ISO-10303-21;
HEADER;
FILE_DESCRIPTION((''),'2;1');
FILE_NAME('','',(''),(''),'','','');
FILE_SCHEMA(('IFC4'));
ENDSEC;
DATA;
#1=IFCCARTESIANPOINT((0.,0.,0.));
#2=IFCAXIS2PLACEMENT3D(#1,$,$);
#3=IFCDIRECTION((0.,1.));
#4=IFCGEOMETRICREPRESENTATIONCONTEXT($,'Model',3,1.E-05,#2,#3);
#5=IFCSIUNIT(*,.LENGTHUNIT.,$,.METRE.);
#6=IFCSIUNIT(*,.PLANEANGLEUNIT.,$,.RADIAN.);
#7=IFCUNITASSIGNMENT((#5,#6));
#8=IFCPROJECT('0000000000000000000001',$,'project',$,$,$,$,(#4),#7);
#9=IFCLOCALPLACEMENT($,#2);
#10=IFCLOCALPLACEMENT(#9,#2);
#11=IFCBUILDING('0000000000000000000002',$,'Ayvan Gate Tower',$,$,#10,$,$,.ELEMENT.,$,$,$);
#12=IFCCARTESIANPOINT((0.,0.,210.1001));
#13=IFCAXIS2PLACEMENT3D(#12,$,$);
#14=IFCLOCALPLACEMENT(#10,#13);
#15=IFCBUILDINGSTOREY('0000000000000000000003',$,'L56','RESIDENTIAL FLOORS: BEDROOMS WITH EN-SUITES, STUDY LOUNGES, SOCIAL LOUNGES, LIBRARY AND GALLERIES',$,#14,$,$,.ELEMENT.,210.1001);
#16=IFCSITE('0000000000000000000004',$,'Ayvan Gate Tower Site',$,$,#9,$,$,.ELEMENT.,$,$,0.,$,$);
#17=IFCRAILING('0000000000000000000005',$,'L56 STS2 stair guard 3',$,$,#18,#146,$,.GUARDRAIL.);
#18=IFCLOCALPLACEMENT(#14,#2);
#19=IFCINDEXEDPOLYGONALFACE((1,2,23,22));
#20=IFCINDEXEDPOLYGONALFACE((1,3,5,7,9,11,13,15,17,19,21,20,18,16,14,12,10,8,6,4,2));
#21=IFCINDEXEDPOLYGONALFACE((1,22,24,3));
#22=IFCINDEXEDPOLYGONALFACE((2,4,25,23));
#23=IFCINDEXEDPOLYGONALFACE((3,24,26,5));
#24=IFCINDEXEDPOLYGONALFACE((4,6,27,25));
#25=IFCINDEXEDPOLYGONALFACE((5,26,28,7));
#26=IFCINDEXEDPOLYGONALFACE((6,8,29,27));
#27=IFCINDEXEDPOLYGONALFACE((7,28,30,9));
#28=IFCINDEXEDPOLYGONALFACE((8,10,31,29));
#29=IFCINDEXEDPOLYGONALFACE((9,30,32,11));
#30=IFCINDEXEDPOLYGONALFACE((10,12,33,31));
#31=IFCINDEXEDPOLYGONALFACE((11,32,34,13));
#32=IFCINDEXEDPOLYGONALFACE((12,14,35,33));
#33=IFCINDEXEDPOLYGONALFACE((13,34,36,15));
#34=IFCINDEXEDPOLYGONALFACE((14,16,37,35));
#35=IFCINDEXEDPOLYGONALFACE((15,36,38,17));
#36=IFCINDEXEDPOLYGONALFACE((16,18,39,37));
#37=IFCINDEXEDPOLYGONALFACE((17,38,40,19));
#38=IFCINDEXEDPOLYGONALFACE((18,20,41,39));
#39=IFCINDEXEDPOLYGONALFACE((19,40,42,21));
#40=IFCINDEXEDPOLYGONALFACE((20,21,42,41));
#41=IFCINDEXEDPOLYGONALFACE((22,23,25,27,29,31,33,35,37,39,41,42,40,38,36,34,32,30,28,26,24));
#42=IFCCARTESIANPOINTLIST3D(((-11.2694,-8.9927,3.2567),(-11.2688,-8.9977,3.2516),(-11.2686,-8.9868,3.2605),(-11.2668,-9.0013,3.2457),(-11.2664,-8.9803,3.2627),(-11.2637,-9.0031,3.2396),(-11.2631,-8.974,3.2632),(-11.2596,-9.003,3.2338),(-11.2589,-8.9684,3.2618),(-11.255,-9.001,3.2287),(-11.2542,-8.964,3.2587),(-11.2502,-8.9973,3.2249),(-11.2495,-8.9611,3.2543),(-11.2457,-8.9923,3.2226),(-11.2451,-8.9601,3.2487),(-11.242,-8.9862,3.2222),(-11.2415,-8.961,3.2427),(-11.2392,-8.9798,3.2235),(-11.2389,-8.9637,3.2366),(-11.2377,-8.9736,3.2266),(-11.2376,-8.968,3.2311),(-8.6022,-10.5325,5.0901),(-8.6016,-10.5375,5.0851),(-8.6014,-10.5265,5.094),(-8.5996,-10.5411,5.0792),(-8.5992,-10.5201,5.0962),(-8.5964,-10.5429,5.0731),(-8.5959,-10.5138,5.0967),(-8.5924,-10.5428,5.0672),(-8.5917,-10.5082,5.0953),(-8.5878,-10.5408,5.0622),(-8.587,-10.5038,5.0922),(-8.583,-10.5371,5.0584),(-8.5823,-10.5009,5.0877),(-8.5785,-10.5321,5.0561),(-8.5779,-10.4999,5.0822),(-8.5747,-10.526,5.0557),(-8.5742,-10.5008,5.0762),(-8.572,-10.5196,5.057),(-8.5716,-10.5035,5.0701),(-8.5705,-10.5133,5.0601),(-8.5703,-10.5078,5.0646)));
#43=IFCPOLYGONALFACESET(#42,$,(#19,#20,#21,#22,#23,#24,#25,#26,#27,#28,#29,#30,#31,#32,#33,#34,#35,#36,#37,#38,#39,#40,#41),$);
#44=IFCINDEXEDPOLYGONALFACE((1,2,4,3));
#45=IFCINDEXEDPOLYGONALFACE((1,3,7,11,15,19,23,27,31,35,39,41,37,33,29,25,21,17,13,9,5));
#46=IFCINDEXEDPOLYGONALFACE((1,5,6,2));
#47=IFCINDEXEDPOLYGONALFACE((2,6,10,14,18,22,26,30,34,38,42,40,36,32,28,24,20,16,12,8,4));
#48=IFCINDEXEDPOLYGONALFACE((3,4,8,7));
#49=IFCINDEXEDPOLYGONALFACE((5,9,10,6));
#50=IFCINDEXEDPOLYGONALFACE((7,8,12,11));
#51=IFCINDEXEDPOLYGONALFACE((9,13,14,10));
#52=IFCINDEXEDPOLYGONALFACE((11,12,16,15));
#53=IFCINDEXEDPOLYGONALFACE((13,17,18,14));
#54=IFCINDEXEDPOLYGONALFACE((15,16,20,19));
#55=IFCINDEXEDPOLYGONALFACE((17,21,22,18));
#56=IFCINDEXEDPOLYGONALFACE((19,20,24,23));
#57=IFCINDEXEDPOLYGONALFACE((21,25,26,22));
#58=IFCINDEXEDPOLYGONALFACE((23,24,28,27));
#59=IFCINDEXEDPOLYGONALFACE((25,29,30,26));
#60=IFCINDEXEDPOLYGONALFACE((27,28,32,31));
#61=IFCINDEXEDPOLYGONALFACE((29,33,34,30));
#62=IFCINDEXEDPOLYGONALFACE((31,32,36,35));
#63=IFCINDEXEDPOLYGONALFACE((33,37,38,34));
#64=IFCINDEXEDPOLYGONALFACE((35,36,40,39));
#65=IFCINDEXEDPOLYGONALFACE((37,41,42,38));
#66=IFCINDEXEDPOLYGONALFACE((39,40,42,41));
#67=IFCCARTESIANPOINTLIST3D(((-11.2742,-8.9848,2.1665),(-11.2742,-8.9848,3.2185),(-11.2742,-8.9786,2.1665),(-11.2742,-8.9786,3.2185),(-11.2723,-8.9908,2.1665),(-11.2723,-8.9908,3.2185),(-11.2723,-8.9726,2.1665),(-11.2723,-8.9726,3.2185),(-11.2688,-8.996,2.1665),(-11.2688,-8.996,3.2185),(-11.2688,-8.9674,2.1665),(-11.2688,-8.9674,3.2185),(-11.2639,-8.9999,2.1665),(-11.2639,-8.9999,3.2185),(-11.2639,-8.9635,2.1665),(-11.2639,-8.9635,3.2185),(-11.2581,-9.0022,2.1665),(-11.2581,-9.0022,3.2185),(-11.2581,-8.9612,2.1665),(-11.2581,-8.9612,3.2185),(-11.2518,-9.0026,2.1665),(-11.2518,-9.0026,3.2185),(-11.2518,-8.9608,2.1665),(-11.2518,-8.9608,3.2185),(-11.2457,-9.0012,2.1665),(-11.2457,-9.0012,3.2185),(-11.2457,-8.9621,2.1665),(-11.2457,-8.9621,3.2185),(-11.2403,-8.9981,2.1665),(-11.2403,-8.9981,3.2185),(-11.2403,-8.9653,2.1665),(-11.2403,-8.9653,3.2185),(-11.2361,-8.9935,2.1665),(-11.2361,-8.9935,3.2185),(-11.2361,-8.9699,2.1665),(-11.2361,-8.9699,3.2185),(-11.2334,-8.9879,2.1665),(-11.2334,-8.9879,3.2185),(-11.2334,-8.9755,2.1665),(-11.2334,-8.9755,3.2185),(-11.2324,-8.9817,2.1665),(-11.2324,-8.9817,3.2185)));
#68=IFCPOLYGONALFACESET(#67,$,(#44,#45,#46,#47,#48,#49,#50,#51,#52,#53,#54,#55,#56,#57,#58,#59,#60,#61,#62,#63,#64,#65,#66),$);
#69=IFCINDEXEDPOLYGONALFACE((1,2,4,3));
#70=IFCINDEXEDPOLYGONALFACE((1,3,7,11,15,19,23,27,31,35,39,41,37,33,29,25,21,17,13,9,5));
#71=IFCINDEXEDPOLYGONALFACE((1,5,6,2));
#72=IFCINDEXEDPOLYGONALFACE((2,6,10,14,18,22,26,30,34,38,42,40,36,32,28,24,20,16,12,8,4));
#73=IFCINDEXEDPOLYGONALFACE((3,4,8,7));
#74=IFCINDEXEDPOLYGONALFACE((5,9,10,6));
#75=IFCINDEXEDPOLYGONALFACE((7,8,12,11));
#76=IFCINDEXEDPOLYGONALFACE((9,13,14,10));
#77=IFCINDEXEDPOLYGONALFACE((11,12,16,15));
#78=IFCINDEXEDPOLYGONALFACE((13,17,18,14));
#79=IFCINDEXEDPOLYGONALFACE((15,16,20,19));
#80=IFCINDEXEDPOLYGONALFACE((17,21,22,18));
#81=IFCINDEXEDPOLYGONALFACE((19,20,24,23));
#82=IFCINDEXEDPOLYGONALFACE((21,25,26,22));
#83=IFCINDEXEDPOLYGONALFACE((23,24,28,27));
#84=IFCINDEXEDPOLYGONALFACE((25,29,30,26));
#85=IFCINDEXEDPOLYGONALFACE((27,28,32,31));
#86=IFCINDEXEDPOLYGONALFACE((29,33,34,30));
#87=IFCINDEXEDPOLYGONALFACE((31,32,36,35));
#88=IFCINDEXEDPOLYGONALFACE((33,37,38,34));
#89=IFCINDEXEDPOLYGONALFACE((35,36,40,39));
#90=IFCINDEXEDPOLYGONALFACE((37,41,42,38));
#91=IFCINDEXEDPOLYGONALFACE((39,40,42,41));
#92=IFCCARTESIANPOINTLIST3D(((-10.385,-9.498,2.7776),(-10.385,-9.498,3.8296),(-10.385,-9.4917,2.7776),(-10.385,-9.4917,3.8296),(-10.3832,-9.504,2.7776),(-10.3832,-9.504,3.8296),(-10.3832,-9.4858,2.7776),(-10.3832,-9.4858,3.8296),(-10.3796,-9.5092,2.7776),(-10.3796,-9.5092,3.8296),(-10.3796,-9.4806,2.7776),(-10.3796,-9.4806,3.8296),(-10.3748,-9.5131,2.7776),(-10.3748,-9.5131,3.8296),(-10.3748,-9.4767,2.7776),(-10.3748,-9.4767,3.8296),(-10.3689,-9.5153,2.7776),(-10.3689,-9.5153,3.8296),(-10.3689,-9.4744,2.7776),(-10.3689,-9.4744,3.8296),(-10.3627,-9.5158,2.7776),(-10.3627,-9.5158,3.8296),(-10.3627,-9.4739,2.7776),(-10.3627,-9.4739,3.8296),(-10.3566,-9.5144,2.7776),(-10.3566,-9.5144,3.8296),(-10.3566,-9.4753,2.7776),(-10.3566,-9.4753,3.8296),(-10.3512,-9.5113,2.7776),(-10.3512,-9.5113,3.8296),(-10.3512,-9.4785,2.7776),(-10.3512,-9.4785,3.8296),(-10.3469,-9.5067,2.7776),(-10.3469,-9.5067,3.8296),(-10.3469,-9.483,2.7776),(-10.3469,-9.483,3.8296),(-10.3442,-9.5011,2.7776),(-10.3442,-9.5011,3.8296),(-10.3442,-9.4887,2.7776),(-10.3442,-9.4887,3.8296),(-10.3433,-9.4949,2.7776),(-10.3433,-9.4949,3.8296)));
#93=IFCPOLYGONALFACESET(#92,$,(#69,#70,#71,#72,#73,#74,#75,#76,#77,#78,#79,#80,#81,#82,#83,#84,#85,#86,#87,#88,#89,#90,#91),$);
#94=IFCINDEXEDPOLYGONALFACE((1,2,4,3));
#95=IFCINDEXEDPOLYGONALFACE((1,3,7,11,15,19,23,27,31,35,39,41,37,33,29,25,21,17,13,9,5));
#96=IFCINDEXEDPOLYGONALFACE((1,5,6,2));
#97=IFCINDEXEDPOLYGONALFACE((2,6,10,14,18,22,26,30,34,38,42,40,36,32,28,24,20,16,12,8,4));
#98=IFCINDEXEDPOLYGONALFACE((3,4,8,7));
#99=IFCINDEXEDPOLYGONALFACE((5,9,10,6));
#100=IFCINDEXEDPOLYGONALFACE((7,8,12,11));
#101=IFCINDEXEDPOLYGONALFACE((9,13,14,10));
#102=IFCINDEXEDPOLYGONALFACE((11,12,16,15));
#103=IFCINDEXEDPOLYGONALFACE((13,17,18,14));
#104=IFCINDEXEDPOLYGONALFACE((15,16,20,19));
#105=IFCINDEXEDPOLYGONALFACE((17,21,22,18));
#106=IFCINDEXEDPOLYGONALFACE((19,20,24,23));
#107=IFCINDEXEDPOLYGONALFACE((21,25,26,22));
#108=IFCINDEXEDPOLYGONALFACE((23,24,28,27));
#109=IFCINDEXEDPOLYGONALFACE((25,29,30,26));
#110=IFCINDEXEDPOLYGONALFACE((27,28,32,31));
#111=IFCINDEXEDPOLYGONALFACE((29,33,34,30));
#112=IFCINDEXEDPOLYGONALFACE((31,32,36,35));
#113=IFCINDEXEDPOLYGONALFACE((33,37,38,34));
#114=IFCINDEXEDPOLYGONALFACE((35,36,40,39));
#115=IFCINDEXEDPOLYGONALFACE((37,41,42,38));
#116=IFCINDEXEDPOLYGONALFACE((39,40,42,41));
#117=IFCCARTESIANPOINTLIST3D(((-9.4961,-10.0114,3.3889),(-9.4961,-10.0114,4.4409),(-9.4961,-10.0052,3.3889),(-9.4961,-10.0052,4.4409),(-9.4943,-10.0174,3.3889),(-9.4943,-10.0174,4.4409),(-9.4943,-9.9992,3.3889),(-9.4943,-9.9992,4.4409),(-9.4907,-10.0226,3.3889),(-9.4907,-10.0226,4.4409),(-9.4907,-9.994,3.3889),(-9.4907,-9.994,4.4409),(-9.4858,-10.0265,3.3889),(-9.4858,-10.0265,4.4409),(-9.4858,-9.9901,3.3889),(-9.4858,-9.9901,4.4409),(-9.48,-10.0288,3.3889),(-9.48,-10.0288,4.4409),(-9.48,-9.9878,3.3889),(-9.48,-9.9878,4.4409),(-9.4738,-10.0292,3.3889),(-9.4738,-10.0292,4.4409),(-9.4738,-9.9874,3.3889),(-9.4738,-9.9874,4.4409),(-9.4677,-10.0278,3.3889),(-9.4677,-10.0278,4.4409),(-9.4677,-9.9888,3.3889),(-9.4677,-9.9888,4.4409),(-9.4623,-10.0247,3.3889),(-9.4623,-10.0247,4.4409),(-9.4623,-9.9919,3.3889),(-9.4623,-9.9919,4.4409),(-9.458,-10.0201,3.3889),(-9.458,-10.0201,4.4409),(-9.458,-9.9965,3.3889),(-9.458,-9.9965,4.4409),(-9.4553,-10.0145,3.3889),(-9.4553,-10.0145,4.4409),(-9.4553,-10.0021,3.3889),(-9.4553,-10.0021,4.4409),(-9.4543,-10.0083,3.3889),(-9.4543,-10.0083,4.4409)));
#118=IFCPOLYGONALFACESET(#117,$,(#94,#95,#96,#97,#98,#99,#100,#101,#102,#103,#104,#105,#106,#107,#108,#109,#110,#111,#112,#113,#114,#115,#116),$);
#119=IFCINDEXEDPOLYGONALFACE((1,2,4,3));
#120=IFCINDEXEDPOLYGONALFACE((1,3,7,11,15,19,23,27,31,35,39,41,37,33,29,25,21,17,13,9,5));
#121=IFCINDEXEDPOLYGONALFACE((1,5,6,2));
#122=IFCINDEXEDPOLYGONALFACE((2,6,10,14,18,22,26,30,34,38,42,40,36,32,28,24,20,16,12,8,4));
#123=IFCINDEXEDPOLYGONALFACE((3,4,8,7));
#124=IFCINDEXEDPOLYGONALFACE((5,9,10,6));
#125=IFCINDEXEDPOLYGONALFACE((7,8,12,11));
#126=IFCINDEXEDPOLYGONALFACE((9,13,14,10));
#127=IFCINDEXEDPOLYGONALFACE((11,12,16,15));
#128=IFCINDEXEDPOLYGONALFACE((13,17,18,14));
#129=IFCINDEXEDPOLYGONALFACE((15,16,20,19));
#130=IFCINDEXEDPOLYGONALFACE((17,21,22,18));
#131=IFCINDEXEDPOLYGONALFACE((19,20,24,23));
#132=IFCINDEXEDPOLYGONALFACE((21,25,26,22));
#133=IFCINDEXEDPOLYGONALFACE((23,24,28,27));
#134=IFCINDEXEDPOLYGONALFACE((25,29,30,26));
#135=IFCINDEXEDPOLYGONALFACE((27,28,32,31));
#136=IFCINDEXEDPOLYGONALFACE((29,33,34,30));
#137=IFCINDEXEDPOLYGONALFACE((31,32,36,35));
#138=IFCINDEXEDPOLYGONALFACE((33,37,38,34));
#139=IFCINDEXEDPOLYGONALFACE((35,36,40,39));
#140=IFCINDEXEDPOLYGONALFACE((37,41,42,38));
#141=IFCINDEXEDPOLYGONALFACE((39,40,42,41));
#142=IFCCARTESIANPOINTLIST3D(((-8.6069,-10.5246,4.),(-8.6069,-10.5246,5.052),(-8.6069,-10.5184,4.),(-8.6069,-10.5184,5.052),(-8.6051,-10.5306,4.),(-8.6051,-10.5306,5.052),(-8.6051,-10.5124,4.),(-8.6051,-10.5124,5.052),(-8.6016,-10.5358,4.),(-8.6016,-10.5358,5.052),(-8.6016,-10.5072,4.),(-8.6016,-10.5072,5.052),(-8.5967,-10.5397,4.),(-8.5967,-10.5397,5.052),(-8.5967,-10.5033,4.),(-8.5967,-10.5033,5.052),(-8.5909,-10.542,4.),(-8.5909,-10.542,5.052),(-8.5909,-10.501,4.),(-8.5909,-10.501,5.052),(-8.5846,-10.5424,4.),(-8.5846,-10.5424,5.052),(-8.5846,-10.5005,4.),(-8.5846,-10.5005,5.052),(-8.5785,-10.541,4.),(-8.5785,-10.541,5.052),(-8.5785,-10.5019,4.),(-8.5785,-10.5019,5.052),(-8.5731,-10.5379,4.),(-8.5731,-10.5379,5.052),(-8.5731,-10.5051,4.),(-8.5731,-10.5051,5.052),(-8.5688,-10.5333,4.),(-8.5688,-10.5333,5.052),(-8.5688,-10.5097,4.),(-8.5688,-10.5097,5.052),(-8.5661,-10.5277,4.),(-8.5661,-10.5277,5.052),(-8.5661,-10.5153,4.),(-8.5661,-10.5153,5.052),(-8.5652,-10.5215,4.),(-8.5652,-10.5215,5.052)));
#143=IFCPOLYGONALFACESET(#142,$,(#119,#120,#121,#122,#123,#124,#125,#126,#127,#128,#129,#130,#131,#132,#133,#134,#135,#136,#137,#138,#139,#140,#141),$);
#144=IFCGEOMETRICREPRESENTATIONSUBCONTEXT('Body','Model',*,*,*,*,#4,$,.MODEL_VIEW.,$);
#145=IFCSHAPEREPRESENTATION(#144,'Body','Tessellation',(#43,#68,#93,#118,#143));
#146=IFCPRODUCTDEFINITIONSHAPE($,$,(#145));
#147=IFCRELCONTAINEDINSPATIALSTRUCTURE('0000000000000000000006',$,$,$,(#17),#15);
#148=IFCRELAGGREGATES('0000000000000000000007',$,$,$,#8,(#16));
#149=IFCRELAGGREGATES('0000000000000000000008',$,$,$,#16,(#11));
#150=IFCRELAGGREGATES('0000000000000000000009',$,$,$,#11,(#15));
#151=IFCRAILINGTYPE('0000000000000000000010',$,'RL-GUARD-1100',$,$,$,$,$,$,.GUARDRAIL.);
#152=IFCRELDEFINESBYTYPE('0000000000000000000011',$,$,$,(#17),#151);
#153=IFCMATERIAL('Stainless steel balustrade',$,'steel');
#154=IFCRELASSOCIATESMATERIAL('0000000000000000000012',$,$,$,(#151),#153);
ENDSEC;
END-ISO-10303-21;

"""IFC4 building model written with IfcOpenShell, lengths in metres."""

from ifc_helpers import new_model, si_unit, direction, frame, origin, origin_2d, place, context, subcontext, project, spatial, circle, extrude, material, type_object, element, save


model = new_model("IFC4")

# Units and contexts
model_context = context("Model", 3, precision=1e-05, world=origin(), true_north=direction((0.0, 1.0)))
body_context = subcontext(model_context, "Body", "Model", "MODEL_VIEW")
ifc_project = project(units=[si_unit("LENGTHUNIT", "METRE"), si_unit("PLANEANGLEUNIT", "RADIAN")], contexts=[model_context])

# Site, building, storey
site_placement = place(None, origin())
site = spatial("IfcSite", under=ifc_project, at=site_placement, Name="Ayvan Gate Tower Site", CompositionType="ELEMENT", RefElevation=0.0)
building_placement = place(site_placement, origin())
building = spatial("IfcBuilding", under=site, at=building_placement, Name="Ayvan Gate Tower", CompositionType="ELEMENT")
storey_placement = place(building_placement, frame((0.0, 0.0, 210.1001)))
storey = spatial("IfcBuildingStorey", under=building, at=storey_placement, Name="L56", Description="RESIDENTIAL FLOORS: BEDROOMS WITH EN-SUITES, STUDY LOUNGES, SOCIAL LOUNGES, LIBRARY AND GALLERIES", CompositionType="ELEMENT", Elevation=210.1001)

# Railing
ifc_material_1 = material(Name="Stainless steel balustrade", Category="steel")
railing_type_1 = type_object("IfcRailingType", Name="RL-GUARD-1100", PredefinedType="GUARDRAIL", material=ifc_material_1)
railing_1_placement = place(storey_placement, frame((-11.2534, -8.9817, 2.1665)))
element("IfcRailing", 1, at=railing_1_placement, inside=storey, type_object=railing_type_1, Name="L56 STS2 stair guard 3", PredefinedType="GUARDRAIL", context=body_context, shape_type="SweptSolid", body=[
    extrude(circle(Radius=0.0239, at=origin_2d()), frame((0.0, 0.0, 1.0762), z_axis=(0.744155, -0.429601, 0.511543), x_axis=(0.499967, 0.866044, 0.0)), (0.0, 0.0, 1.0), 3.5842),
    extrude(circle(Radius=0.021, at=origin_2d()), origin(), (0.0, 0.0, 1.0), 1.052),
    extrude(circle(Radius=0.021, at=origin_2d()), frame((0.8892, -0.5132, 0.6111)), (0.0, 0.0, 1.0), 1.052),
    extrude(circle(Radius=0.021, at=origin_2d()), frame((1.7781, -1.0266, 1.2224)), (0.0, 0.0, 1.0), 1.052),
    extrude(circle(Radius=0.021, at=origin_2d()), frame((2.6672, -1.5398, 1.8335)), (0.0, 0.0, 1.0), 1.052),
])

save(model, "model.ifc")
